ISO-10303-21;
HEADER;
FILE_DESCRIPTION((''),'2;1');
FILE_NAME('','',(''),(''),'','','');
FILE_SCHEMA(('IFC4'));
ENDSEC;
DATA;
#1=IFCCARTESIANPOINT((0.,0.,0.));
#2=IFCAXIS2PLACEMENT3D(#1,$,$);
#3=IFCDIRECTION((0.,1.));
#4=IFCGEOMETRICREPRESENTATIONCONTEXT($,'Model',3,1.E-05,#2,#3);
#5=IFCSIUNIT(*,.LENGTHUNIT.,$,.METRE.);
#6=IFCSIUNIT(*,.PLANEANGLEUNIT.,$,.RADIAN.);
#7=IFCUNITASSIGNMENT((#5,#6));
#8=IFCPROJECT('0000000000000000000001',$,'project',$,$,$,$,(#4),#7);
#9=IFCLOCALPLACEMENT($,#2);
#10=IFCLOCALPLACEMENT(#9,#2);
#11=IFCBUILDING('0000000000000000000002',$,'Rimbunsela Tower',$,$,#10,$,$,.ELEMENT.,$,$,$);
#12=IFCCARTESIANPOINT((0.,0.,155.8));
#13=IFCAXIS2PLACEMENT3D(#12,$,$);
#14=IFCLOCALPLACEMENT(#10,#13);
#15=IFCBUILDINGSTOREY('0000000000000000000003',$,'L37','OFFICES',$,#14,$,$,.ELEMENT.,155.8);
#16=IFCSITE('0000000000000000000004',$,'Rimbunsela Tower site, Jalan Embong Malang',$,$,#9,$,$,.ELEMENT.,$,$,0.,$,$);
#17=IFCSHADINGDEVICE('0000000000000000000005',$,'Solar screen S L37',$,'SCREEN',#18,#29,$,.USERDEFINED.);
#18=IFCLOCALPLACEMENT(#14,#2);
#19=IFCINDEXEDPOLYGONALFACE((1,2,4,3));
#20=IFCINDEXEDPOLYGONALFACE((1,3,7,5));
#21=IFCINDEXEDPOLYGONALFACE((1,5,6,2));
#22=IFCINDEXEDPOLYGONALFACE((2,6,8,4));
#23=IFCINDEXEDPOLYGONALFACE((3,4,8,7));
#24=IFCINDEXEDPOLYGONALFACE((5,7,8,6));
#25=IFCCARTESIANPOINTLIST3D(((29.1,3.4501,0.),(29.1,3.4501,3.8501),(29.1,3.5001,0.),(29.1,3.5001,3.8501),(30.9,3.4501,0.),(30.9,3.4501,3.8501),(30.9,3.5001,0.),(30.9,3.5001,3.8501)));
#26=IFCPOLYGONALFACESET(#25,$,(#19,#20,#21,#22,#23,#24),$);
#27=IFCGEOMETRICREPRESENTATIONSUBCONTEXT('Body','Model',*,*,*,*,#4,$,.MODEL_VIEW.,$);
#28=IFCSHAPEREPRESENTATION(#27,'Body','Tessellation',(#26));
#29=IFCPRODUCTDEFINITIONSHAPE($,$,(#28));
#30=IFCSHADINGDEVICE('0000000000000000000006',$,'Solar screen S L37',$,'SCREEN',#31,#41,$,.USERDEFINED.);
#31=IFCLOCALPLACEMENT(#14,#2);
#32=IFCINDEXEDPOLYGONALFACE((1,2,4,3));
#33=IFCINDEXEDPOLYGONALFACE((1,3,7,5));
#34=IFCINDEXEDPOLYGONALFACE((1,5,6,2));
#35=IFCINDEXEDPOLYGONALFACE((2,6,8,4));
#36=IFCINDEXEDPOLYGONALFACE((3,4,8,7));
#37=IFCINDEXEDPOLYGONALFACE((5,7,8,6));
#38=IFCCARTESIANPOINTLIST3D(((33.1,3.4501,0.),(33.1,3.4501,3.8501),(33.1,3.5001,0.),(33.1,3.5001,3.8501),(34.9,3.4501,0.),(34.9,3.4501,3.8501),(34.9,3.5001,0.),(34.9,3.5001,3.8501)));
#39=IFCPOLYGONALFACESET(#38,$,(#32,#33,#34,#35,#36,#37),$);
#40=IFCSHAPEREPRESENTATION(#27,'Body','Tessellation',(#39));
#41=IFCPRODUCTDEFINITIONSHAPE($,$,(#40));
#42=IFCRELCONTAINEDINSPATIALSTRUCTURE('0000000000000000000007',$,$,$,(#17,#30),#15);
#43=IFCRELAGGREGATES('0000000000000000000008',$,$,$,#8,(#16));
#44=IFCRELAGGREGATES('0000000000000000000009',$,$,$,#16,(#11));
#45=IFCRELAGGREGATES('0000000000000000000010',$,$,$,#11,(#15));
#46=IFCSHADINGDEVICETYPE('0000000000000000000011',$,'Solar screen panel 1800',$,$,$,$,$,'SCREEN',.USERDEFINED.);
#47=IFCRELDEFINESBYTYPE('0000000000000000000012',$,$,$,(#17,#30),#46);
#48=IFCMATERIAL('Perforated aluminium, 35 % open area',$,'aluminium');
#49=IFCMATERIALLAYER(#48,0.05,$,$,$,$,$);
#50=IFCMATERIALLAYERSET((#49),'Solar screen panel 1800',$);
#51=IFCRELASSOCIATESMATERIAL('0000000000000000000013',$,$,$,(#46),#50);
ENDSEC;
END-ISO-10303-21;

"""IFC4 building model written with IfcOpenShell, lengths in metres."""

from ifc_helpers import new_model, si_unit, direction, frame, origin, origin_2d, place, context, subcontext, project, spatial, rectangle, extrude, material, layer, layer_set, type_object, element, save


model = new_model("IFC4")

# Units and contexts
model_context = context("Model", 3, precision=1e-05, world=origin(), true_north=direction((0.0, 1.0)))
body_context = subcontext(model_context, "Body", "Model", "MODEL_VIEW")
ifc_project = project(units=[si_unit("LENGTHUNIT", "METRE"), si_unit("PLANEANGLEUNIT", "RADIAN")], contexts=[model_context])

# Site, building, storey
site_placement = place(None, origin())
site = spatial("IfcSite", under=ifc_project, at=site_placement, Name="Rimbunsela Tower site, Jalan Embong Malang", CompositionType="ELEMENT", RefElevation=0.0)
building_placement = place(site_placement, origin())
building = spatial("IfcBuilding", under=site, at=building_placement, Name="Rimbunsela Tower", CompositionType="ELEMENT")
storey_placement = place(building_placement, frame((0.0, 0.0, 155.8)))
storey = spatial("IfcBuildingStorey", under=building, at=storey_placement, Name="L37", Description="OFFICES", CompositionType="ELEMENT", Elevation=155.8)

# Shading devices
ifc_material_1 = material(Name="Perforated aluminium, 35 % open area", Category="aluminium")
ifc_layer_1 = layer(ifc_material_1, 0.05)
ifc_layer_set_1 = layer_set([ifc_layer_1], Name="Solar screen panel 1800")
shading_device_type = type_object("IfcShadingDeviceType", Name="Solar screen panel 1800", ElementType="SCREEN", PredefinedType="USERDEFINED", material=ifc_layer_set_1)
for number, where, z_axis, x_axis, name in (
    (1, (30.0, 3.4751, 0.0), (0.0, 0.0, 1.0), (1.0, 0.0, 0.0), "Solar screen S L37"),
    (2, (34.0, 3.4751, 0.0), (0.0, 0.0, 1.0), (1.0, 0.0, 0.0), "Solar screen S L37"),
):
    element("IfcShadingDevice", number, at=place(storey_placement, frame(where, z_axis=z_axis, x_axis=x_axis)), inside=storey, type_object=shading_device_type, Name=name, ObjectType="SCREEN", PredefinedType="USERDEFINED", context=body_context, shape_type="SweptSolid", body=[
        extrude(rectangle(XDim=1.8, YDim=0.05, at=origin_2d()), origin(), (0.0, 0.0, 1.0), 3.8501),
    ])

save(model, "model.ifc")
